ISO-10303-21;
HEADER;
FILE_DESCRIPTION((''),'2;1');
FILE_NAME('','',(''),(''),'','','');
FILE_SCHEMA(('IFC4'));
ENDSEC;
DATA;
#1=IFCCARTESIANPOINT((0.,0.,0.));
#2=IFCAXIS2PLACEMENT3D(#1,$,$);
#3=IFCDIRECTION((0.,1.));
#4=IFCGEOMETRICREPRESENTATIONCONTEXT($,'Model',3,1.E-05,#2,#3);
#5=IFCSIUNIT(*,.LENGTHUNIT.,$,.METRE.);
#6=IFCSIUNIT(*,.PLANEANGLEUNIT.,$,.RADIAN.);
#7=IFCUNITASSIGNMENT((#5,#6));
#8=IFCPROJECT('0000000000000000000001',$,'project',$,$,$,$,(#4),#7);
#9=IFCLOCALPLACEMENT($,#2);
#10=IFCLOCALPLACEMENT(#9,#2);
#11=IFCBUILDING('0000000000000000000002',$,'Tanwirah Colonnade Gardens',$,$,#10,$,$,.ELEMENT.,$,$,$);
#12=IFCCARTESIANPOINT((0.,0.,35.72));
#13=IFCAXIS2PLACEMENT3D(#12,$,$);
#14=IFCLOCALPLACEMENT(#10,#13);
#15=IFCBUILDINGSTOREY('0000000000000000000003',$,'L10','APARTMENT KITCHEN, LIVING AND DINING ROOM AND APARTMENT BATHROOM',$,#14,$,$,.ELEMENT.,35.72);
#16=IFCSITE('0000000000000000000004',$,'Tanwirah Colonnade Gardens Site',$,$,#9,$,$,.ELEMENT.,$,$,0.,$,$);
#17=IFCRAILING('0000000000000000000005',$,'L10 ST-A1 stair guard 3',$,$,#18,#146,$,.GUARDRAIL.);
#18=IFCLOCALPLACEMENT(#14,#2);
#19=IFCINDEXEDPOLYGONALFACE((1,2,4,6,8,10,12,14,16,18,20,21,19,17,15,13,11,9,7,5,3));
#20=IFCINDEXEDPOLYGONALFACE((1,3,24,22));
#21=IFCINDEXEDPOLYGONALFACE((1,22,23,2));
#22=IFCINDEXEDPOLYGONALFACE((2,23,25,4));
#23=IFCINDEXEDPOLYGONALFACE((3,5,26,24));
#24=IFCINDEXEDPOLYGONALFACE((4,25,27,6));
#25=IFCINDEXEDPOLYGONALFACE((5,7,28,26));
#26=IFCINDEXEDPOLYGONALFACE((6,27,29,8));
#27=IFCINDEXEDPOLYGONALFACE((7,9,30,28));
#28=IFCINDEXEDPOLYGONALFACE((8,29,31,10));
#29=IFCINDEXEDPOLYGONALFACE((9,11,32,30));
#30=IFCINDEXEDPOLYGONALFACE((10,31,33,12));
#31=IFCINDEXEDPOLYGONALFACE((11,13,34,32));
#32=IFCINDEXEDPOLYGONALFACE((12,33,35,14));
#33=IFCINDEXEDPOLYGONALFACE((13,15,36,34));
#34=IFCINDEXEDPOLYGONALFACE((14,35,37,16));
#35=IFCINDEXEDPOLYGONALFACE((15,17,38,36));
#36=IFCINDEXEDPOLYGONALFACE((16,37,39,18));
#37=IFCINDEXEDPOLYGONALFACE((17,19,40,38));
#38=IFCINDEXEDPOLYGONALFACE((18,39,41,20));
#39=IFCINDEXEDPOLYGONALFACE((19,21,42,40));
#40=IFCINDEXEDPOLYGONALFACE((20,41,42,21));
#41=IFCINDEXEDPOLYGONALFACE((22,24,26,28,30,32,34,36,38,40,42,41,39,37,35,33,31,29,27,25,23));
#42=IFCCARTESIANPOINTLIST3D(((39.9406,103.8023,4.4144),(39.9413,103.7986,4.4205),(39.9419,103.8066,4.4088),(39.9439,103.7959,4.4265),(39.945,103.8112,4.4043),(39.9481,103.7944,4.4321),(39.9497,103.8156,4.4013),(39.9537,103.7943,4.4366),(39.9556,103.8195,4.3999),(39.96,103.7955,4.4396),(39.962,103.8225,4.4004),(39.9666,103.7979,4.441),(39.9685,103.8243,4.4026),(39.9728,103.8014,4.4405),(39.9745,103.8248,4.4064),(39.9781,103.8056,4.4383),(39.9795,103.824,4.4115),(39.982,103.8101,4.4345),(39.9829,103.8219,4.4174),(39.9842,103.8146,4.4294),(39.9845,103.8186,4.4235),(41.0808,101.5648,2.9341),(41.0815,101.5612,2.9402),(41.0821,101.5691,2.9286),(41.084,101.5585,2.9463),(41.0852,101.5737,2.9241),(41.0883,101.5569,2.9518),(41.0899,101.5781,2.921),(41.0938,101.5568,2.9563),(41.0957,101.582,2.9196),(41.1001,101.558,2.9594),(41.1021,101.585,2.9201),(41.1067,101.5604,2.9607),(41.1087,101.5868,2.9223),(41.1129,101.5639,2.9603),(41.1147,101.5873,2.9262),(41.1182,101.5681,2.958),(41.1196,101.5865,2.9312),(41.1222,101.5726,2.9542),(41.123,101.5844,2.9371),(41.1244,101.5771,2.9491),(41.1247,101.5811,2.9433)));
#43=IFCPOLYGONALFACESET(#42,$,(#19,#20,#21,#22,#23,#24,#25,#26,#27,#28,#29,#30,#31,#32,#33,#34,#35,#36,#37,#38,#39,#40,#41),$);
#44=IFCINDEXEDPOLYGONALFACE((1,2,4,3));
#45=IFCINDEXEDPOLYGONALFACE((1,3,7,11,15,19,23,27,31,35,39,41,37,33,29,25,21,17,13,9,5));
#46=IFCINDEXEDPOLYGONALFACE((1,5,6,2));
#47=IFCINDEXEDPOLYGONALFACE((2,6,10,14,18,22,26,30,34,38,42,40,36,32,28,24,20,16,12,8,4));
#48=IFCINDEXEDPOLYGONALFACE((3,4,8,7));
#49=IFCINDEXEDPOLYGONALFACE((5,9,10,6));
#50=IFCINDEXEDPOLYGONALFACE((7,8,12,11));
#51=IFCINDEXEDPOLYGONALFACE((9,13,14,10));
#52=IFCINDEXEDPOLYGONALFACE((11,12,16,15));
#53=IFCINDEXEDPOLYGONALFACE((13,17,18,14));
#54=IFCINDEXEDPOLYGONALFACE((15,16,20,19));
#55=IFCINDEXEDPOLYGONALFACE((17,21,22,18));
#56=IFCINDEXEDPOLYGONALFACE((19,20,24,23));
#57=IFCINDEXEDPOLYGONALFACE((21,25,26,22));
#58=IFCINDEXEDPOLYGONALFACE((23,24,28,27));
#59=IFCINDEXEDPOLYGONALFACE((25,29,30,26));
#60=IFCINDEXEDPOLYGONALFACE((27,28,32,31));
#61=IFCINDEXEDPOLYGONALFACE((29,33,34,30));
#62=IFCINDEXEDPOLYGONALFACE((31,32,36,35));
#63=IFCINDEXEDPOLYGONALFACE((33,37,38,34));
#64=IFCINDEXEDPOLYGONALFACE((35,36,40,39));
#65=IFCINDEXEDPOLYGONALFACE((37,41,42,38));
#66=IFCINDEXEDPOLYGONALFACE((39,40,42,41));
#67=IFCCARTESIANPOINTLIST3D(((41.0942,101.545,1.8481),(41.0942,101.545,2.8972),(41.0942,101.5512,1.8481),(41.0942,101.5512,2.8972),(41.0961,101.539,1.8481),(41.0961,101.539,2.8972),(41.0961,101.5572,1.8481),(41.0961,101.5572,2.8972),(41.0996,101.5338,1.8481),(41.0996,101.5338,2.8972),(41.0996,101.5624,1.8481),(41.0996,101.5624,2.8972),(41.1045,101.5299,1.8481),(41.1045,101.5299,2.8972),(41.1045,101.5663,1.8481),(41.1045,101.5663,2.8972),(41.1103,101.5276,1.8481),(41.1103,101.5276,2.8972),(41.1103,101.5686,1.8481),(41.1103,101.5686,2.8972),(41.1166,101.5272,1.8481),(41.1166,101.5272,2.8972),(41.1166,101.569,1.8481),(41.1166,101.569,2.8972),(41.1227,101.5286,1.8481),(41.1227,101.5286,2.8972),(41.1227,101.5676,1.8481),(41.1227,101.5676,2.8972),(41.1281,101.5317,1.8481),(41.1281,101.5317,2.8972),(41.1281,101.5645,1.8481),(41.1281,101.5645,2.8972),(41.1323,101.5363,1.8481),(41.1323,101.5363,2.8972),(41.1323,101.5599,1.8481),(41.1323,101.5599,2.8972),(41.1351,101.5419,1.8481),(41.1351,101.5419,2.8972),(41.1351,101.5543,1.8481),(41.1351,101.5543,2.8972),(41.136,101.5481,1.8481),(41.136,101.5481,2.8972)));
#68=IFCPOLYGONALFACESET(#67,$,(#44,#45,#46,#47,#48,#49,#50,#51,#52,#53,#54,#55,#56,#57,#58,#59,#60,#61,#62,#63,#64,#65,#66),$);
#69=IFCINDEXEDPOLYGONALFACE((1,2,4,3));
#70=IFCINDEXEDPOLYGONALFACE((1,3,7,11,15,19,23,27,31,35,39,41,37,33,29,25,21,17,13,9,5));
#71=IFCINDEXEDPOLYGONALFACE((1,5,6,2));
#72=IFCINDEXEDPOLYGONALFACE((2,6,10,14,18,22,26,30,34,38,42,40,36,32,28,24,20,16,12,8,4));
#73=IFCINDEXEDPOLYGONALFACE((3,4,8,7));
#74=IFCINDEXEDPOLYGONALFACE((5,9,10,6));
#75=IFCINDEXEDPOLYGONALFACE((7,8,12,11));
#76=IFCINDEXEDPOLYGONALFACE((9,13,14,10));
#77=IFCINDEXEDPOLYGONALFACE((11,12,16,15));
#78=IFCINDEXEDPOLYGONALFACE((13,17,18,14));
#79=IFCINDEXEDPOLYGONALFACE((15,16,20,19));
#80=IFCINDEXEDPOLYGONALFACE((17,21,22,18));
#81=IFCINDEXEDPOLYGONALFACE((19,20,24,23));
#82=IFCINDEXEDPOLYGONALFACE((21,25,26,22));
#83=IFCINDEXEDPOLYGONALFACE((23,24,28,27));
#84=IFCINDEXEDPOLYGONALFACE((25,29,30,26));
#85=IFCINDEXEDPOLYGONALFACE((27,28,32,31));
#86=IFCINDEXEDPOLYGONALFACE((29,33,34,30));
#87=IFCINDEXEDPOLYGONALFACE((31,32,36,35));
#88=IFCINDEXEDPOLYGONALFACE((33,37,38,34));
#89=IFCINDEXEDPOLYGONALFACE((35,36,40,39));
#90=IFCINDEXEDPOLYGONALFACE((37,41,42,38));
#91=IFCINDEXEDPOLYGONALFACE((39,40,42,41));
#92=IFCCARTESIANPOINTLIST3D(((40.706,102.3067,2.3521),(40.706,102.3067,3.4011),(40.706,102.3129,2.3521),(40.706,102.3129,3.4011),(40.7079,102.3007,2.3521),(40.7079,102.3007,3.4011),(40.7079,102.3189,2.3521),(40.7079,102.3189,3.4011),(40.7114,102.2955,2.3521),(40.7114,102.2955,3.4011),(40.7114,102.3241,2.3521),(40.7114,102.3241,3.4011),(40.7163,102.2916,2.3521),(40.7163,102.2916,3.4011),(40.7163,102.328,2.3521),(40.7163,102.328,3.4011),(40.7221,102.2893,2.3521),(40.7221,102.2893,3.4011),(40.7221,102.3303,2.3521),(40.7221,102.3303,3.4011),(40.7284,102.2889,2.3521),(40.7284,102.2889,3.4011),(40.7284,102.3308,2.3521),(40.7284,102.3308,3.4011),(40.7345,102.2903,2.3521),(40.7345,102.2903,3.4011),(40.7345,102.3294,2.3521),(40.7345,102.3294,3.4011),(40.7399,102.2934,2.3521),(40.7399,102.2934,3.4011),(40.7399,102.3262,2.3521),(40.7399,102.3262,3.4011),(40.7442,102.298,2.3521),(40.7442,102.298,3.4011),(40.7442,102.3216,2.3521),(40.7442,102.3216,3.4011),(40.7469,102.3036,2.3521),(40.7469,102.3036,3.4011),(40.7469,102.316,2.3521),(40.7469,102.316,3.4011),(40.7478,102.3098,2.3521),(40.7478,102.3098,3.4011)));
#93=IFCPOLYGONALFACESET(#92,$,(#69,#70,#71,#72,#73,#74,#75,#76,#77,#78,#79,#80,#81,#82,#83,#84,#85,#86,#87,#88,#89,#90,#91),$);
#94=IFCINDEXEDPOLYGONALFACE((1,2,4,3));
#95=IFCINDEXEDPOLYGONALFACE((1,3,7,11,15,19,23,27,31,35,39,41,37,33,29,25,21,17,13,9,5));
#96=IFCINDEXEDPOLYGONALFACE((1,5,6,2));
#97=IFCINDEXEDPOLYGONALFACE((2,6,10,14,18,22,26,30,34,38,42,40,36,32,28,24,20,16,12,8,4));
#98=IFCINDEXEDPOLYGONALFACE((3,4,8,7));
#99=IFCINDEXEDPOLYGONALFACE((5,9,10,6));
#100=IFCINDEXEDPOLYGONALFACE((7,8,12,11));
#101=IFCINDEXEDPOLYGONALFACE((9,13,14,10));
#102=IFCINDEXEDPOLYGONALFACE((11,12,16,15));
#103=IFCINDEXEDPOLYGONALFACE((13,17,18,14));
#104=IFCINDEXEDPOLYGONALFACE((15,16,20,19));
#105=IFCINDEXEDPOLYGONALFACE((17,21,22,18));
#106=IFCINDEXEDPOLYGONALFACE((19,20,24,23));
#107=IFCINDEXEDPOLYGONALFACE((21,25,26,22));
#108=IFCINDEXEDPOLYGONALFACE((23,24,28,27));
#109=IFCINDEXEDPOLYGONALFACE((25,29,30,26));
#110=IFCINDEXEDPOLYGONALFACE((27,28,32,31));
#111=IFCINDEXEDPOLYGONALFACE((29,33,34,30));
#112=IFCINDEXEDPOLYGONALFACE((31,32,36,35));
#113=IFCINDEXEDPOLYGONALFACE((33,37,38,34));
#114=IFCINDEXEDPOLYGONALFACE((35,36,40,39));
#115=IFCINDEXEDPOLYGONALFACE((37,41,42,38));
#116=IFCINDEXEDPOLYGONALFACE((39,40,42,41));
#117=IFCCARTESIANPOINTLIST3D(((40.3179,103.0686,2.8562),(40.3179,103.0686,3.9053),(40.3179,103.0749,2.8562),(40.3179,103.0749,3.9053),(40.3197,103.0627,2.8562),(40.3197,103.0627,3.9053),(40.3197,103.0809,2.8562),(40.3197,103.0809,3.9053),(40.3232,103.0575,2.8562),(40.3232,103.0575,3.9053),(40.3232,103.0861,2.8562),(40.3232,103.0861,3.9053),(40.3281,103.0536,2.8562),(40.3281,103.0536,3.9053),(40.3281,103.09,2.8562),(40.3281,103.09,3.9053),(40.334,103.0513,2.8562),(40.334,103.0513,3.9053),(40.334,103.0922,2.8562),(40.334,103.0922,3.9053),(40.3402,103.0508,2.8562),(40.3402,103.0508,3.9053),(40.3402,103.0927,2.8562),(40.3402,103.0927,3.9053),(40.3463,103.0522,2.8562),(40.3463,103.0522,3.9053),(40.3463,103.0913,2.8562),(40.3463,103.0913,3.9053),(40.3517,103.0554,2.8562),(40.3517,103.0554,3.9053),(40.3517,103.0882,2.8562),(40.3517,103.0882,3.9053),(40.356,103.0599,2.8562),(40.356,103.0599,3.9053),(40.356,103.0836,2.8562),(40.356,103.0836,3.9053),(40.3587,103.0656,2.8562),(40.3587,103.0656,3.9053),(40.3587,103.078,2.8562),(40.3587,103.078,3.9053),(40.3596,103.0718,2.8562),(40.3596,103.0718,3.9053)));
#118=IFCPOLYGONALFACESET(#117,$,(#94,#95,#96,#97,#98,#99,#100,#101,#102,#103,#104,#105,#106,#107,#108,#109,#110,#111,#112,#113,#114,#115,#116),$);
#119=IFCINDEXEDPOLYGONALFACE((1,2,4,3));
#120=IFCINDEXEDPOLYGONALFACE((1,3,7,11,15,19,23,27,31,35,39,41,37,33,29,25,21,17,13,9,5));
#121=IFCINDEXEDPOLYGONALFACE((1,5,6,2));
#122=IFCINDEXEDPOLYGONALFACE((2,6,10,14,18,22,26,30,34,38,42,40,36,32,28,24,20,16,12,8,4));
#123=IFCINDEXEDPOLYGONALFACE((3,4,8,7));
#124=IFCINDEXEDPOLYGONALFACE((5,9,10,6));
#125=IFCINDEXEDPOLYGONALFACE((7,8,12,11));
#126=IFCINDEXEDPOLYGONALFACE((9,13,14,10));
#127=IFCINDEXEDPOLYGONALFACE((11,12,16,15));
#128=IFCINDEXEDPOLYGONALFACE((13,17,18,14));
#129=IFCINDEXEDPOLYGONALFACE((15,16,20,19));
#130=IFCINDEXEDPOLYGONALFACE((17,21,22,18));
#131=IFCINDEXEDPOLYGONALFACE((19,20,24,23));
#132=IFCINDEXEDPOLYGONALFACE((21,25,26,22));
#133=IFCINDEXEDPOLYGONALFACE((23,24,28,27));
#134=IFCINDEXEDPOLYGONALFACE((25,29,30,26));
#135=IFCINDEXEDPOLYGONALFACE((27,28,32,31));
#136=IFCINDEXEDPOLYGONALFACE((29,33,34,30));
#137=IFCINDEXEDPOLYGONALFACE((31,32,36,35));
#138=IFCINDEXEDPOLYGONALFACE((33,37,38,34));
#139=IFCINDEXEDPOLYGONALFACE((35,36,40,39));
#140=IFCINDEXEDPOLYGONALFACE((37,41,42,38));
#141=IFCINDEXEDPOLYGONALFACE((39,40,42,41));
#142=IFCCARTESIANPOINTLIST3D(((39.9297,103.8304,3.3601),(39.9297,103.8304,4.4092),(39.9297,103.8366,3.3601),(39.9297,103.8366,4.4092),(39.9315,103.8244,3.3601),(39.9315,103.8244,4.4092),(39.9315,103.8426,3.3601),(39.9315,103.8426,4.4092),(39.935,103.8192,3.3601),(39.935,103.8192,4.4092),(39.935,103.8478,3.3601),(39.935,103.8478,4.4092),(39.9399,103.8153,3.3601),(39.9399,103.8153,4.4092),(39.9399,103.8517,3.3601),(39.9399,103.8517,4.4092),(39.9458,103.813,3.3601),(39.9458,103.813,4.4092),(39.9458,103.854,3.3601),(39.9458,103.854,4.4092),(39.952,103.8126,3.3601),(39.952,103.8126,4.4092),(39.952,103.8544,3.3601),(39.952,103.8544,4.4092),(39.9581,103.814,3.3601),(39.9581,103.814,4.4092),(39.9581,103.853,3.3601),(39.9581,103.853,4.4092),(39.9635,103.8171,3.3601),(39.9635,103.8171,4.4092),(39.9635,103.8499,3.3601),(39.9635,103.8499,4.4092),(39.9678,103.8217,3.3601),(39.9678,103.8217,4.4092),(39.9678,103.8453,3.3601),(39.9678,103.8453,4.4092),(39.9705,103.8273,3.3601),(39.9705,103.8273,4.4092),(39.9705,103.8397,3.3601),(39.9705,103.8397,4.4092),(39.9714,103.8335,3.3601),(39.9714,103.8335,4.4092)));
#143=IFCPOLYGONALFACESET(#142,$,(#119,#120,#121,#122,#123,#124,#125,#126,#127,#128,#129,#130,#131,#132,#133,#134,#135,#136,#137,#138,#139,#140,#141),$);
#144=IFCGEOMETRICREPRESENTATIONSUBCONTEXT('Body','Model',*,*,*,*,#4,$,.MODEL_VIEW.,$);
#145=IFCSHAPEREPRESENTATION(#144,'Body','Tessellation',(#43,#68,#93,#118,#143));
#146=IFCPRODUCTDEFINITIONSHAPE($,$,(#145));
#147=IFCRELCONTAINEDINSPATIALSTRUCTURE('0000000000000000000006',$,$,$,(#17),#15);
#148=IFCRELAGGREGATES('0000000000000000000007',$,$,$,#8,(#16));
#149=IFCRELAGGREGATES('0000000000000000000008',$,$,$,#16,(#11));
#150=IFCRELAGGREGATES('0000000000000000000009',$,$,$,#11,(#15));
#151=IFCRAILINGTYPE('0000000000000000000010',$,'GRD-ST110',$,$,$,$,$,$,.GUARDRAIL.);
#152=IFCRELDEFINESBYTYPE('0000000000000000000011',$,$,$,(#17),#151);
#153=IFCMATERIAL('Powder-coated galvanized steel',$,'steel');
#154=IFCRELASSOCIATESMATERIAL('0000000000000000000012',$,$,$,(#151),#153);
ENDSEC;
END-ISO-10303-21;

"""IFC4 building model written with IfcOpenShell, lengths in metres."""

from ifc_helpers import new_model, si_unit, direction, frame, origin, origin_2d, place, context, subcontext, project, spatial, circle, extrude, material, type_object, element, save


model = new_model("IFC4")

# Units and contexts
model_context = context("Model", 3, precision=1e-05, world=origin(), true_north=direction((0.0, 1.0)))
body_context = subcontext(model_context, "Body", "Model", "MODEL_VIEW")
ifc_project = project(units=[si_unit("LENGTHUNIT", "METRE"), si_unit("PLANEANGLEUNIT", "RADIAN")], contexts=[model_context])

# Site, building, storey
site_placement = place(None, origin())
site = spatial("IfcSite", under=ifc_project, at=site_placement, Name="Tanwirah Colonnade Gardens Site", CompositionType="ELEMENT", RefElevation=0.0)
building_placement = place(site_placement, origin())
building = spatial("IfcBuilding", under=site, at=building_placement, Name="Tanwirah Colonnade Gardens", CompositionType="ELEMENT")
storey_placement = place(building_placement, frame((0.0, 0.0, 35.72)))
storey = spatial("IfcBuildingStorey", under=building, at=storey_placement, Name="L10", Description="APARTMENT KITCHEN, LIVING AND DINING ROOM AND APARTMENT BATHROOM", CompositionType="ELEMENT", Elevation=35.72)

# Railing
ifc_material_1 = material(Name="Powder-coated galvanized steel", Category="steel")
railing_type_1 = type_object("IfcRailingType", Name="GRD-ST110", PredefinedType="GUARDRAIL", material=ifc_material_1)
railing_1_placement = place(storey_placement, frame((41.115, 101.5481, 1.8481)))
element("IfcRailing", 1, at=railing_1_placement, inside=storey, type_object=railing_type_1, Name="L10 ST-A1 stair guard 3", PredefinedType="GUARDRAIL", context=body_context, shape_type="SweptSolid", body=[
    extrude(circle(Radius=0.0239, at=origin_2d()), frame((-0.0122, 0.0239, 1.092), z_axis=(-0.391122, 0.767567, 0.507803), x_axis=(-0.890994, -0.454016, 0.0)), (0.0, 0.0, 1.0), 2.915),
    extrude(circle(Radius=0.021, at=origin_2d()), origin(), (0.0, 0.0, 1.0), 1.0491),
    extrude(circle(Radius=0.021, at=origin_2d()), frame((-0.3882, 0.7617, 0.5039)), (0.0, 0.0, 1.0), 1.0491),
    extrude(circle(Radius=0.021, at=origin_2d()), frame((-0.7764, 1.5237, 1.0081)), (0.0, 0.0, 1.0), 1.0491),
    extrude(circle(Radius=0.021, at=origin_2d()), frame((-1.1646, 2.2854, 1.512)), (0.0, 0.0, 1.0), 1.0491),
])

save(model, "model.ifc")
